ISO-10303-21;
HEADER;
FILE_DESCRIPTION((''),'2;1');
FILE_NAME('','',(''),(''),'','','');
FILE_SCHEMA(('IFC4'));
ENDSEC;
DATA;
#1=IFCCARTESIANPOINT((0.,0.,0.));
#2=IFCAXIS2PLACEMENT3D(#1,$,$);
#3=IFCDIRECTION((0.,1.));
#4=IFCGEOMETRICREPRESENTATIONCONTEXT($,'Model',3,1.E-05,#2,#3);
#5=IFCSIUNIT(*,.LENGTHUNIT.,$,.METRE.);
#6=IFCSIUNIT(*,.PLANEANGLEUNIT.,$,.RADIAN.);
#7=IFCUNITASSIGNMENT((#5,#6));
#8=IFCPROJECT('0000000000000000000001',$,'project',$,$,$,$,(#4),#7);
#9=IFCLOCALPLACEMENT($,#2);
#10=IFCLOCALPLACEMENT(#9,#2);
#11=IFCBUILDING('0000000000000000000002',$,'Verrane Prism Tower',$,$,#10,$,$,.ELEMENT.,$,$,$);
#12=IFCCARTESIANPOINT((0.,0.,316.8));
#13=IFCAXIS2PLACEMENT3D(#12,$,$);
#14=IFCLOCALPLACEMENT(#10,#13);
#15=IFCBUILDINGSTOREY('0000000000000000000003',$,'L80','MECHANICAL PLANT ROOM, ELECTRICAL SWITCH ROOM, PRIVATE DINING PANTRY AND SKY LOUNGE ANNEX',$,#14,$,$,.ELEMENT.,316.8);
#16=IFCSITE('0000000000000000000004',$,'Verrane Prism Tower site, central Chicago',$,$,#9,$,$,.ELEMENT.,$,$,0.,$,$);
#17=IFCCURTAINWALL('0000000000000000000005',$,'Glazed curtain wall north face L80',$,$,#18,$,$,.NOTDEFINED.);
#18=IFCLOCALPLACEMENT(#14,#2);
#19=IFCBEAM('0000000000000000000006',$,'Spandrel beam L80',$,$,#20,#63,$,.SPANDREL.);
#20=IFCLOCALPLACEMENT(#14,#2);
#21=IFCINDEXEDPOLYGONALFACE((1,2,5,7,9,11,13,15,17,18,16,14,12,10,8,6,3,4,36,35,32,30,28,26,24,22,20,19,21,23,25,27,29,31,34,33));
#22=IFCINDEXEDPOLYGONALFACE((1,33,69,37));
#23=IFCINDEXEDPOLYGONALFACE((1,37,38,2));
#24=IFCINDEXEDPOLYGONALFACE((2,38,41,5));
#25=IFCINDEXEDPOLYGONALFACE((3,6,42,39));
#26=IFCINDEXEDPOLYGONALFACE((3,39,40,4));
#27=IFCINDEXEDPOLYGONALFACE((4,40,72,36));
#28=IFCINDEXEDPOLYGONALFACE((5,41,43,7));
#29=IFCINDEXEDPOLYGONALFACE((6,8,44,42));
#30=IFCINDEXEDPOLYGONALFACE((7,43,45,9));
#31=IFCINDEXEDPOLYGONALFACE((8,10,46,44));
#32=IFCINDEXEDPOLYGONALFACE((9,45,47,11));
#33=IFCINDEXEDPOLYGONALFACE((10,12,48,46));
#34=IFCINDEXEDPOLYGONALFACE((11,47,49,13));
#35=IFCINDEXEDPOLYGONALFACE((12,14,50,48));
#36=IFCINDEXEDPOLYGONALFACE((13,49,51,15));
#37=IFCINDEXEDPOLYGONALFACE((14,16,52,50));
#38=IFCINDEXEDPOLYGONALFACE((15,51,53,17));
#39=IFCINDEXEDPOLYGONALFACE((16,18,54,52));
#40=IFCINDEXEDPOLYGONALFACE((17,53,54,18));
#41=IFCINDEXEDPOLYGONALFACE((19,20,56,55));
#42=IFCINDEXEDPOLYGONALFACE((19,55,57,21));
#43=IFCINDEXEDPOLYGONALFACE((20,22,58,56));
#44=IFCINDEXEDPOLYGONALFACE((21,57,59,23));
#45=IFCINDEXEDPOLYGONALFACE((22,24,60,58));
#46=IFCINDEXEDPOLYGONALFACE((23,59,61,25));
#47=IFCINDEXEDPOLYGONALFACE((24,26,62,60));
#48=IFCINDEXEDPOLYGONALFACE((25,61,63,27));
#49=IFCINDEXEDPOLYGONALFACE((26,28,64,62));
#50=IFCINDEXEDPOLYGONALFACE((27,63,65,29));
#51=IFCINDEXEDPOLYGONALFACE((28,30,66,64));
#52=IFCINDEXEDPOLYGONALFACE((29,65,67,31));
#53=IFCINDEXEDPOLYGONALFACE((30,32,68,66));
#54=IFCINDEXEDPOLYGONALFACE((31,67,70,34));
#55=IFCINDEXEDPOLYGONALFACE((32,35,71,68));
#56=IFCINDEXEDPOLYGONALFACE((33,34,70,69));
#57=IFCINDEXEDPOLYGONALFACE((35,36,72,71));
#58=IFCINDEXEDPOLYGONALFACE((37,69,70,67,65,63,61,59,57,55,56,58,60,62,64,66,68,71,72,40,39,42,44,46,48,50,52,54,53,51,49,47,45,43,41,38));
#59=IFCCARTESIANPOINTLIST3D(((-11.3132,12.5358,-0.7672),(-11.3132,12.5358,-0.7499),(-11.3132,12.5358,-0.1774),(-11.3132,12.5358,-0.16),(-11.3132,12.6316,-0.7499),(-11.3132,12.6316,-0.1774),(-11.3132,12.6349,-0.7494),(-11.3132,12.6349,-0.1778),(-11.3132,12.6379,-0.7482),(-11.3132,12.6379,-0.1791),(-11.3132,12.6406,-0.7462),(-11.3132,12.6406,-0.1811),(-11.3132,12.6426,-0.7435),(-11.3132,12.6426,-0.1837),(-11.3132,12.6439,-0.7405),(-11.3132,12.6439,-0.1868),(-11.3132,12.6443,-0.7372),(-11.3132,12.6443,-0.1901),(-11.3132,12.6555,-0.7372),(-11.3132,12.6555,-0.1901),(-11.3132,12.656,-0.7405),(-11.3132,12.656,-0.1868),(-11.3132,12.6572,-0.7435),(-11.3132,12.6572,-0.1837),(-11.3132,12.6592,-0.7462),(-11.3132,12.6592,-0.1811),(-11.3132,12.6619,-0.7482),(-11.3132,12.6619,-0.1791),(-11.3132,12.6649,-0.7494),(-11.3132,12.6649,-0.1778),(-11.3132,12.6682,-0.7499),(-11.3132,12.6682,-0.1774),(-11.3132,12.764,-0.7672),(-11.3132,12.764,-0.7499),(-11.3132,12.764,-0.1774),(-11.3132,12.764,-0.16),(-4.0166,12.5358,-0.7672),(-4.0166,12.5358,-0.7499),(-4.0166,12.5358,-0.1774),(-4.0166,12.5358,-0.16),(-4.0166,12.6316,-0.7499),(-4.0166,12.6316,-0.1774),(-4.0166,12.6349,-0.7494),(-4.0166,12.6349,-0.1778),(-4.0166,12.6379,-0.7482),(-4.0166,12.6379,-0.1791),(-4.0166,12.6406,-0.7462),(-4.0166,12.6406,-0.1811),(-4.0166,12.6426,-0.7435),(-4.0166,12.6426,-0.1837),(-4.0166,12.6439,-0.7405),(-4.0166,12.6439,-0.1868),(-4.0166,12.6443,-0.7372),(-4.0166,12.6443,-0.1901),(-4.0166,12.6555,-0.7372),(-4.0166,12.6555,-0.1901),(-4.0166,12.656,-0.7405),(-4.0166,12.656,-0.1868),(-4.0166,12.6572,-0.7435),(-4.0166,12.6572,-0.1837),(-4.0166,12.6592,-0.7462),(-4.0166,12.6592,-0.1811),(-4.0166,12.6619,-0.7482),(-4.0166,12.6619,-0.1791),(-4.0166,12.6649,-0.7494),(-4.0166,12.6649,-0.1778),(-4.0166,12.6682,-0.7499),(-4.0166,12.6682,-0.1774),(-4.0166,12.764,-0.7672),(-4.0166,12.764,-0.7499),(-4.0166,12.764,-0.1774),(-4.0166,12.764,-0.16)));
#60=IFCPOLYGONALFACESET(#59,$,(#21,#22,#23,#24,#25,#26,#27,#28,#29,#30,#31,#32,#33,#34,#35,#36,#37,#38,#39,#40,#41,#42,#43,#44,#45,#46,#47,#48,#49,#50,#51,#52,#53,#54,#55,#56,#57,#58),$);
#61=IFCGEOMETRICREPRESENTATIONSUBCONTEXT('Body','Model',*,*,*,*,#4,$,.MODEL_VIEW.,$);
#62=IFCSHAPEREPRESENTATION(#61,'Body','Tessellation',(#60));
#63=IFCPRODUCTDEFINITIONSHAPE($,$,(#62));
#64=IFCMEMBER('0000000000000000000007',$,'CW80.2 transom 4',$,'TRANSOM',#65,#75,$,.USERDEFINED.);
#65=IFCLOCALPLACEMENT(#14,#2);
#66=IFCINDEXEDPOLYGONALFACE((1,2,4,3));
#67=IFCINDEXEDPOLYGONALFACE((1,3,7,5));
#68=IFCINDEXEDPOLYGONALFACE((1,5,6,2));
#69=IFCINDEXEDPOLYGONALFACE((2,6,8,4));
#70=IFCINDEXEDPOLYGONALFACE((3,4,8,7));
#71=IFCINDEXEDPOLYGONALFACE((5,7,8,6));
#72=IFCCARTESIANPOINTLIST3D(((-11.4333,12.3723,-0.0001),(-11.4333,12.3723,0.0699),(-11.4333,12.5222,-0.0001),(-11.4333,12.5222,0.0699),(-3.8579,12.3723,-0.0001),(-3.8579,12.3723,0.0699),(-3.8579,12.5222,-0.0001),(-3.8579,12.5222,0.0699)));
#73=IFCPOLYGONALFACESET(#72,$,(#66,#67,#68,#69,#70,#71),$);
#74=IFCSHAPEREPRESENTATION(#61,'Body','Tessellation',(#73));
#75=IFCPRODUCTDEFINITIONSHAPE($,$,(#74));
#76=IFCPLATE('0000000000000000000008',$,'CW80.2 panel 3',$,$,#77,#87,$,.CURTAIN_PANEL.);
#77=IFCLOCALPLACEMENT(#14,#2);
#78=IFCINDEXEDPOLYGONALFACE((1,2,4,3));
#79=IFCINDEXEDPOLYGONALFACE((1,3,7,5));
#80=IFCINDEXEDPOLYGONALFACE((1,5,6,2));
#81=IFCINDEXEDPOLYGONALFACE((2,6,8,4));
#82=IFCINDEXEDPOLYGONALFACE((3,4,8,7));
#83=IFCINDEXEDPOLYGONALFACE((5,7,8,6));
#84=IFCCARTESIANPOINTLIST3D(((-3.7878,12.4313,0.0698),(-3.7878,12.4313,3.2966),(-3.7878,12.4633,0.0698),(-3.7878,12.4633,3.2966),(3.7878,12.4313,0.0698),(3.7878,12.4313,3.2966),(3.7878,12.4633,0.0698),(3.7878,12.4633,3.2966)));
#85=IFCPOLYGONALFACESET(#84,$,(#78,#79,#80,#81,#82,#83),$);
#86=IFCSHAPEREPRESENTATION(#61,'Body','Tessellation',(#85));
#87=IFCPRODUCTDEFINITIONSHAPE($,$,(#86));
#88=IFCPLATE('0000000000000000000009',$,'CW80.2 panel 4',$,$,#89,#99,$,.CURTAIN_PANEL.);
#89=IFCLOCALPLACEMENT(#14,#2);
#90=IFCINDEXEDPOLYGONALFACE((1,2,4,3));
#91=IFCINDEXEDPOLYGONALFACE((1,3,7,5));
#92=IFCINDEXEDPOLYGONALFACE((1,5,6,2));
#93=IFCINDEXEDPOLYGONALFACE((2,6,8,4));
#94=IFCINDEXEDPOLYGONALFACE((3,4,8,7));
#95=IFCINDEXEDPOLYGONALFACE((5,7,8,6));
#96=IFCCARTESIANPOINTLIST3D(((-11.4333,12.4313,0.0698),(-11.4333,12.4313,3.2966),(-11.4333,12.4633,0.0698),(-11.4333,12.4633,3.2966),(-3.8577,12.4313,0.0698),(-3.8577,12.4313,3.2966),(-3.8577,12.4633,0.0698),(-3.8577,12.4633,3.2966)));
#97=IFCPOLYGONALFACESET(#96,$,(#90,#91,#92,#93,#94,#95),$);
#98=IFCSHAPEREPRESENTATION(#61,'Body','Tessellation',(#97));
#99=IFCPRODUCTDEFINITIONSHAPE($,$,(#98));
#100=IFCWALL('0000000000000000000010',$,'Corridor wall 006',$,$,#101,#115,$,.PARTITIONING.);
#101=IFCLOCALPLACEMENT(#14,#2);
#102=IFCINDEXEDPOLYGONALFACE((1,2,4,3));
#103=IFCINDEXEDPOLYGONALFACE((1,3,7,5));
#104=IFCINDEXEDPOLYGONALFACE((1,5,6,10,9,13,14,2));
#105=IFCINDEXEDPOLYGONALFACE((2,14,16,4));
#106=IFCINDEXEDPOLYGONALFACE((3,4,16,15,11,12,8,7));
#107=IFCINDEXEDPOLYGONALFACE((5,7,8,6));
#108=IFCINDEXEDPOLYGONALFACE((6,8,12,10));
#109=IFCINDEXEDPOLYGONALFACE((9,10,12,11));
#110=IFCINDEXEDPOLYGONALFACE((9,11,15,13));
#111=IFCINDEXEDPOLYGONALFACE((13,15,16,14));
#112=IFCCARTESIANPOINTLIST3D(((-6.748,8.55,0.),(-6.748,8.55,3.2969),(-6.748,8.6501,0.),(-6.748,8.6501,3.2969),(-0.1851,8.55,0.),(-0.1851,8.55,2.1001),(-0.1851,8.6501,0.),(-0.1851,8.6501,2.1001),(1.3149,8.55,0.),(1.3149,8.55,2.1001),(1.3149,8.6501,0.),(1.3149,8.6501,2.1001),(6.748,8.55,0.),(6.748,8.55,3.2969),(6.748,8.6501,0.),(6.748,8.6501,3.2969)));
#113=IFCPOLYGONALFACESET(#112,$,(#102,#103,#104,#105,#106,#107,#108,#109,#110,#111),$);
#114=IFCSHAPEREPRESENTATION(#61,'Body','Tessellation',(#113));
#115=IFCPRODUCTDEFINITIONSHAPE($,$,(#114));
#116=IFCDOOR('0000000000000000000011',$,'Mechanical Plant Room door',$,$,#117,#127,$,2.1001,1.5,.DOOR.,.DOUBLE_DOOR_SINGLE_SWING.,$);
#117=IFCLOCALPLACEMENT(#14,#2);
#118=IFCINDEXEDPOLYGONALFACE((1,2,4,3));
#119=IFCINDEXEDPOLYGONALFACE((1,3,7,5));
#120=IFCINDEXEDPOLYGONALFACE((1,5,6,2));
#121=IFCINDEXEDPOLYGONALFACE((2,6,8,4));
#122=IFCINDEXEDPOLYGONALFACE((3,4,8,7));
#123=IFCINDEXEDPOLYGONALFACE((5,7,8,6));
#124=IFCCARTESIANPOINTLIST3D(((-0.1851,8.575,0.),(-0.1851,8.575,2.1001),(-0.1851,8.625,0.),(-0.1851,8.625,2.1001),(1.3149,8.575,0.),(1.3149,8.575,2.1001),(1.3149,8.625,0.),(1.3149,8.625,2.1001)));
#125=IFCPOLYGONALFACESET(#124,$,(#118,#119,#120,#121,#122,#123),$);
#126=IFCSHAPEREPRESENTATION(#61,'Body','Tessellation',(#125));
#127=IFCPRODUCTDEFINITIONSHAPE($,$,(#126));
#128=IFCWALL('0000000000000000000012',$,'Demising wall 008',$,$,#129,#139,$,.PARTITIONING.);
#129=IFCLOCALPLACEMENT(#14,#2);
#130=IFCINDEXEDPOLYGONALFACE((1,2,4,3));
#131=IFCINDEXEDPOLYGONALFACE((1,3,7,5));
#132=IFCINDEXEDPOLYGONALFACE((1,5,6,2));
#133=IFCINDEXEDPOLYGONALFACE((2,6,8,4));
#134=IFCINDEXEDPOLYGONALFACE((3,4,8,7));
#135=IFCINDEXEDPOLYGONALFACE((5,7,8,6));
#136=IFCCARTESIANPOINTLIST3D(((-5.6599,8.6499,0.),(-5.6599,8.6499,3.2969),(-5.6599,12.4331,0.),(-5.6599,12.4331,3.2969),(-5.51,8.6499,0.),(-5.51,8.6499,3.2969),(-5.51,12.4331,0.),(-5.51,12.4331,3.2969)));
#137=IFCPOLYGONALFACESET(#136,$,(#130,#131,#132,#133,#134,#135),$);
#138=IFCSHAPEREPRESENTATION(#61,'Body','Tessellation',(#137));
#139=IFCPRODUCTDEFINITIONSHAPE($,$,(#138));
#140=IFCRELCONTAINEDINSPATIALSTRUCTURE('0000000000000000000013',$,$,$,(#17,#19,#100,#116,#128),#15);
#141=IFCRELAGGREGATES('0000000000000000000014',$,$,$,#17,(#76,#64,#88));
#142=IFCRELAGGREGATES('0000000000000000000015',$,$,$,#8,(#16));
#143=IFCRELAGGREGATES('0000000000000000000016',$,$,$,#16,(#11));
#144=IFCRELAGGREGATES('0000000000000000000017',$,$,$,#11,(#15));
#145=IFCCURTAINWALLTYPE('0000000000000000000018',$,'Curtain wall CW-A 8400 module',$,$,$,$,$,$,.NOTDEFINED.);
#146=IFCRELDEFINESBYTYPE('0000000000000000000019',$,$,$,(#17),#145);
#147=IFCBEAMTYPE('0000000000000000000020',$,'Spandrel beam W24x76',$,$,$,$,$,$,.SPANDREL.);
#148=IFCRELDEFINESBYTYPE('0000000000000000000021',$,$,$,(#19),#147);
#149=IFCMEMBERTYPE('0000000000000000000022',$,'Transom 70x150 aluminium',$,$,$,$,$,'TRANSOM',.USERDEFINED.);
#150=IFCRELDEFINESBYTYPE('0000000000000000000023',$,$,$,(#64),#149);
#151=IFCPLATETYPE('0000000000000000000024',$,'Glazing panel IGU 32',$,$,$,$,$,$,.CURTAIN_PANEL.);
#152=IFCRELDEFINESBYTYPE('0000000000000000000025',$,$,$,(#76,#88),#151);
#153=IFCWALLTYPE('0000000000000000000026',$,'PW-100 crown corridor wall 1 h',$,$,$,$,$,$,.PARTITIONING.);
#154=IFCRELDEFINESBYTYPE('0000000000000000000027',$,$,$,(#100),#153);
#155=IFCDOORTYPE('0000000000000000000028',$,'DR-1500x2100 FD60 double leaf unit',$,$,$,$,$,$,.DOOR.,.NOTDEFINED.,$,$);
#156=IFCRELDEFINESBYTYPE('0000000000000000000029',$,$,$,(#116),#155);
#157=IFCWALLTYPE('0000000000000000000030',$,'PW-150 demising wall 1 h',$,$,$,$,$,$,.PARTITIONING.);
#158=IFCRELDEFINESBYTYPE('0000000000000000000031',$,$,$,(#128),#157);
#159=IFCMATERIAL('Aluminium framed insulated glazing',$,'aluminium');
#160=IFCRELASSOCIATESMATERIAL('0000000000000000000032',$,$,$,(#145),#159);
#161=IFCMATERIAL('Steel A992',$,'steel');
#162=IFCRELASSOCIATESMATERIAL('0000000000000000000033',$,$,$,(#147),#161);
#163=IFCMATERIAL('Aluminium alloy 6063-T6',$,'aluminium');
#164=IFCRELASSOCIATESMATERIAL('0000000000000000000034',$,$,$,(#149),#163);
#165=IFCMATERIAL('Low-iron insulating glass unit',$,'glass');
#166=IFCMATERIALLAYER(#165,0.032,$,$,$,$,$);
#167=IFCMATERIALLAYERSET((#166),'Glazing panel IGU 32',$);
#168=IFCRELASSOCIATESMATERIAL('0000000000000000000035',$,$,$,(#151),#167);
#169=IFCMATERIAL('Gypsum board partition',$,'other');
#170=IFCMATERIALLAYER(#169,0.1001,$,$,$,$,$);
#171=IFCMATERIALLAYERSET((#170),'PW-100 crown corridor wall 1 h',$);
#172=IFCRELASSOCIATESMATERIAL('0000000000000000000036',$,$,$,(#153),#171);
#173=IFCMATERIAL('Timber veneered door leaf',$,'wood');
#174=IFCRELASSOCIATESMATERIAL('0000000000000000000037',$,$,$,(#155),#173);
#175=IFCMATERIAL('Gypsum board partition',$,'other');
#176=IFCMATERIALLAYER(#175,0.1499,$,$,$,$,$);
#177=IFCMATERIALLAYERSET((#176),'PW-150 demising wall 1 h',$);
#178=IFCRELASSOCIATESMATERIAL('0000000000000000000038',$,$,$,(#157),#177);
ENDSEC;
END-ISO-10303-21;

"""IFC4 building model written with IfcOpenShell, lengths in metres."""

from ifc_helpers import new_model, si_unit, direction, frame, frame_2d, origin, origin_2d, place, context, subcontext, project, spatial, rectangle, i_section, extrude, material, layer, layer_set, material_profile, profile_set, type_object, element, fill, aggregate, save


model = new_model("IFC4")

# Units and contexts
model_context = context("Model", 3, precision=1e-05, world=origin(), true_north=direction((0.0, 1.0)))
body_context = subcontext(model_context, "Body", "Model", "MODEL_VIEW")
ifc_project = project(units=[si_unit("LENGTHUNIT", "METRE"), si_unit("PLANEANGLEUNIT", "RADIAN")], contexts=[model_context])

# Site, building, storey
site_placement = place(None, origin())
site = spatial("IfcSite", under=ifc_project, at=site_placement, Name="Verrane Prism Tower site, central Chicago", CompositionType="ELEMENT", RefElevation=0.0)
building_placement = place(site_placement, origin())
building = spatial("IfcBuilding", under=site, at=building_placement, Name="Verrane Prism Tower", CompositionType="ELEMENT")
storey_placement = place(building_placement, frame((0.0, 0.0, 316.8)))
storey = spatial("IfcBuildingStorey", under=building, at=storey_placement, Name="L80", Description="MECHANICAL PLANT ROOM, ELECTRICAL SWITCH ROOM, PRIVATE DINING PANTRY AND SKY LOUNGE ANNEX", CompositionType="ELEMENT", Elevation=316.8)

# Curtain wall
ifc_material_1 = material(Name="Aluminium framed insulated glazing", Category="aluminium")
curtain_wall_type = type_object("IfcCurtainWallType", Name="Curtain wall CW-A 8400 module", PredefinedType="NOTDEFINED", material=ifc_material_1)
curtain_wall_placement = place(storey_placement, origin())
curtain_wall = element("IfcCurtainWall", 1, at=curtain_wall_placement, inside=storey, type_object=curtain_wall_type, Name="Glazed curtain wall north face L80", PredefinedType="NOTDEFINED")

# Beam
ifc_material_2 = material(Name="Steel A992", Category="steel")
ifc_material_profile_1 = material_profile(ifc_material_2, i_section(OverallWidth=0.2283, OverallDepth=0.6072, WebThickness=0.0112, FlangeThickness=0.0173, FilletRadius=0.0127, at=origin_2d()), Name="W24x76")
ifc_profile_set_1 = profile_set([ifc_material_profile_1], Name="Steel A992")
beam_type_1 = type_object("IfcBeamType", Name="Spandrel beam W24x76", PredefinedType="SPANDREL", material=ifc_profile_set_1)
beam_1_placement = place(storey_placement, frame((-4.0166, 12.6499, -0.4636), z_axis=(-1.0, 0.0, 0.0), x_axis=(0.0, -1.0, 0.0)))
element("IfcBeam", 2, at=beam_1_placement, inside=storey, type_object=beam_type_1, Name="Spandrel beam L80", PredefinedType="SPANDREL", context=body_context, shape_type="SweptSolid", body=[
    extrude(i_section(OverallWidth=0.2283, OverallDepth=0.6072, WebThickness=0.0112, FlangeThickness=0.0173, FilletRadius=0.0127, at=origin_2d()), origin(), (0.0, 0.0, 1.0), 7.2966),
])

# Member
ifc_material_3 = material(Name="Aluminium alloy 6063-T6", Category="aluminium")
ifc_material_profile_2 = material_profile(ifc_material_3, rectangle(XDim=0.1499, YDim=0.0701, at=origin_2d()), Name="Transom 70x150 aluminium")
ifc_profile_set_2 = profile_set([ifc_material_profile_2], Name="Aluminium alloy 6063-T6")
member_type_1 = type_object("IfcMemberType", Name="Transom 70x150 aluminium", ElementType="TRANSOM", PredefinedType="USERDEFINED", material=ifc_profile_set_2)
member_1_placement = place(storey_placement, frame((-3.8579, 12.4473, 0.0349), z_axis=(-1.0, 0.0, 0.0), x_axis=(0.0, -1.0, 0.0)))
member_1 = element("IfcMember", 3, at=member_1_placement, type_object=member_type_1, Name="CW80.2 transom 4", ObjectType="TRANSOM", PredefinedType="USERDEFINED", context=body_context, shape_type="SweptSolid", body=[
    extrude(rectangle(XDim=0.1499, YDim=0.0701, at=origin_2d()), origin(), (0.0, 0.0, 1.0), 7.5754),
])

# Plates
ifc_material_4 = material(Name="Low-iron insulating glass unit", Category="glass")
ifc_layer_1 = layer(ifc_material_4, 0.032)
ifc_layer_set_1 = layer_set([ifc_layer_1], Name="Glazing panel IGU 32")
plate_type = type_object("IfcPlateType", Name="Glazing panel IGU 32", PredefinedType="CURTAIN_PANEL", material=ifc_layer_set_1)
plate_1_placement = place(storey_placement, frame((0.0, 12.4473, 0.0698), z_axis=(0.0, 0.0, 1.0), x_axis=(-1.0, 0.0, 0.0)))
plate_1 = element("IfcPlate", 4, at=plate_1_placement, type_object=plate_type, Name="CW80.2 panel 3", PredefinedType="CURTAIN_PANEL", context=body_context, shape_type="SweptSolid", body=[
    extrude(rectangle(XDim=7.5757, YDim=0.032, at=origin_2d()), origin(), (0.0, 0.0, 1.0), 3.2268),
])
plate_2_placement = place(storey_placement, frame((-7.6455, 12.4473, 0.0698), z_axis=(0.0, 0.0, 1.0), x_axis=(-1.0, 0.0, 0.0)))
plate_2 = element("IfcPlate", 5, at=plate_2_placement, type_object=plate_type, Name="CW80.2 panel 4", PredefinedType="CURTAIN_PANEL", context=body_context, shape_type="SweptSolid", body=[
    extrude(rectangle(XDim=7.5757, YDim=0.032, at=origin_2d()), origin(), (0.0, 0.0, 1.0), 3.2268),
])
aggregate(curtain_wall, [plate_1, member_1, plate_2])

# Wall, opening, door
ifc_material_5 = material(Name="Gypsum board partition", Category="other")
ifc_layer_2 = layer(ifc_material_5, 0.1001)
ifc_layer_set_2 = layer_set([ifc_layer_2], Name="PW-100 crown corridor wall 1 h")
wall_type_1 = type_object("IfcWallType", Name="PW-100 crown corridor wall 1 h", PredefinedType="PARTITIONING", material=ifc_layer_set_2)
wall_1_placement = place(storey_placement, frame((-6.748, 8.6001, 0.0), z_axis=(0.0, 0.0, 1.0), x_axis=(1.0, 0.0, 0.0)))
wall_1 = element("IfcWall", 6, at=wall_1_placement, inside=storey, type_object=wall_type_1, Name="Corridor wall 006", PredefinedType="PARTITIONING", context=body_context, shape_type="SweptSolid", body=[
    extrude(rectangle(XDim=13.4961, YDim=0.1001, at=frame_2d((6.748, 0.0))), origin(), (0.0, 0.0, 1.0), 3.2969),
])
opening_placement = place(wall_1_placement, frame((6.563, 0.0, 0.0)))
opening = element("IfcOpeningElement", 7, at=opening_placement, cuts=wall_1, PredefinedType="OPENING", context=body_context, shape_type="SweptSolid", body=[
    extrude(rectangle(XDim=1.5, YDim=2.1001, at=frame_2d((0.75, 1.05))), frame((0.0, 0.0601, 0.0), z_axis=(0.0, -1.0, 0.0), x_axis=(1.0, 0.0, 0.0)), (0.0, 0.0, 1.0), 0.1201),
])
ifc_material_6 = material(Name="Timber veneered door leaf", Category="wood")
door_type = type_object("IfcDoorType", Name="DR-1500x2100 FD60 double leaf unit", OperationType="NOTDEFINED", PredefinedType="DOOR", material=ifc_material_6)
door_placement = place(opening_placement, origin())
door = element("IfcDoor", 8, at=door_placement, inside=storey, type_object=door_type, Name="Mechanical Plant Room door", OperationType="DOUBLE_DOOR_SINGLE_SWING", OverallHeight=2.1001, OverallWidth=1.5, PredefinedType="DOOR", context=body_context, shape_type="SweptSolid", body=[
    extrude(rectangle(XDim=1.5, YDim=2.1001, at=frame_2d((0.75, 1.05))), frame((0.0, 0.0249, 0.0), z_axis=(0.0, -1.0, 0.0), x_axis=(1.0, 0.0, 0.0)), (0.0, 0.0, 1.0), 0.05),
])
fill(opening, door)

# Wall
ifc_material_7 = material(Name="Gypsum board partition", Category="other")
ifc_layer_3 = layer(ifc_material_7, 0.1499)
ifc_layer_set_3 = layer_set([ifc_layer_3], Name="PW-150 demising wall 1 h")
wall_type_2 = type_object("IfcWallType", Name="PW-150 demising wall 1 h", PredefinedType="PARTITIONING", material=ifc_layer_set_3)
wall_2_placement = place(storey_placement, frame((-5.585, 8.6499, 0.0), z_axis=(0.0, 0.0, 1.0), x_axis=(0.0, 1.0, 0.0)))
element("IfcWall", 9, at=wall_2_placement, inside=storey, type_object=wall_type_2, Name="Demising wall 008", PredefinedType="PARTITIONING", context=body_context, shape_type="SweptSolid", body=[
    extrude(rectangle(XDim=3.7832, YDim=0.1499, at=frame_2d((1.8916, 0.0))), origin(), (0.0, 0.0, 1.0), 3.2969),
])

save(model, "model.ifc")
